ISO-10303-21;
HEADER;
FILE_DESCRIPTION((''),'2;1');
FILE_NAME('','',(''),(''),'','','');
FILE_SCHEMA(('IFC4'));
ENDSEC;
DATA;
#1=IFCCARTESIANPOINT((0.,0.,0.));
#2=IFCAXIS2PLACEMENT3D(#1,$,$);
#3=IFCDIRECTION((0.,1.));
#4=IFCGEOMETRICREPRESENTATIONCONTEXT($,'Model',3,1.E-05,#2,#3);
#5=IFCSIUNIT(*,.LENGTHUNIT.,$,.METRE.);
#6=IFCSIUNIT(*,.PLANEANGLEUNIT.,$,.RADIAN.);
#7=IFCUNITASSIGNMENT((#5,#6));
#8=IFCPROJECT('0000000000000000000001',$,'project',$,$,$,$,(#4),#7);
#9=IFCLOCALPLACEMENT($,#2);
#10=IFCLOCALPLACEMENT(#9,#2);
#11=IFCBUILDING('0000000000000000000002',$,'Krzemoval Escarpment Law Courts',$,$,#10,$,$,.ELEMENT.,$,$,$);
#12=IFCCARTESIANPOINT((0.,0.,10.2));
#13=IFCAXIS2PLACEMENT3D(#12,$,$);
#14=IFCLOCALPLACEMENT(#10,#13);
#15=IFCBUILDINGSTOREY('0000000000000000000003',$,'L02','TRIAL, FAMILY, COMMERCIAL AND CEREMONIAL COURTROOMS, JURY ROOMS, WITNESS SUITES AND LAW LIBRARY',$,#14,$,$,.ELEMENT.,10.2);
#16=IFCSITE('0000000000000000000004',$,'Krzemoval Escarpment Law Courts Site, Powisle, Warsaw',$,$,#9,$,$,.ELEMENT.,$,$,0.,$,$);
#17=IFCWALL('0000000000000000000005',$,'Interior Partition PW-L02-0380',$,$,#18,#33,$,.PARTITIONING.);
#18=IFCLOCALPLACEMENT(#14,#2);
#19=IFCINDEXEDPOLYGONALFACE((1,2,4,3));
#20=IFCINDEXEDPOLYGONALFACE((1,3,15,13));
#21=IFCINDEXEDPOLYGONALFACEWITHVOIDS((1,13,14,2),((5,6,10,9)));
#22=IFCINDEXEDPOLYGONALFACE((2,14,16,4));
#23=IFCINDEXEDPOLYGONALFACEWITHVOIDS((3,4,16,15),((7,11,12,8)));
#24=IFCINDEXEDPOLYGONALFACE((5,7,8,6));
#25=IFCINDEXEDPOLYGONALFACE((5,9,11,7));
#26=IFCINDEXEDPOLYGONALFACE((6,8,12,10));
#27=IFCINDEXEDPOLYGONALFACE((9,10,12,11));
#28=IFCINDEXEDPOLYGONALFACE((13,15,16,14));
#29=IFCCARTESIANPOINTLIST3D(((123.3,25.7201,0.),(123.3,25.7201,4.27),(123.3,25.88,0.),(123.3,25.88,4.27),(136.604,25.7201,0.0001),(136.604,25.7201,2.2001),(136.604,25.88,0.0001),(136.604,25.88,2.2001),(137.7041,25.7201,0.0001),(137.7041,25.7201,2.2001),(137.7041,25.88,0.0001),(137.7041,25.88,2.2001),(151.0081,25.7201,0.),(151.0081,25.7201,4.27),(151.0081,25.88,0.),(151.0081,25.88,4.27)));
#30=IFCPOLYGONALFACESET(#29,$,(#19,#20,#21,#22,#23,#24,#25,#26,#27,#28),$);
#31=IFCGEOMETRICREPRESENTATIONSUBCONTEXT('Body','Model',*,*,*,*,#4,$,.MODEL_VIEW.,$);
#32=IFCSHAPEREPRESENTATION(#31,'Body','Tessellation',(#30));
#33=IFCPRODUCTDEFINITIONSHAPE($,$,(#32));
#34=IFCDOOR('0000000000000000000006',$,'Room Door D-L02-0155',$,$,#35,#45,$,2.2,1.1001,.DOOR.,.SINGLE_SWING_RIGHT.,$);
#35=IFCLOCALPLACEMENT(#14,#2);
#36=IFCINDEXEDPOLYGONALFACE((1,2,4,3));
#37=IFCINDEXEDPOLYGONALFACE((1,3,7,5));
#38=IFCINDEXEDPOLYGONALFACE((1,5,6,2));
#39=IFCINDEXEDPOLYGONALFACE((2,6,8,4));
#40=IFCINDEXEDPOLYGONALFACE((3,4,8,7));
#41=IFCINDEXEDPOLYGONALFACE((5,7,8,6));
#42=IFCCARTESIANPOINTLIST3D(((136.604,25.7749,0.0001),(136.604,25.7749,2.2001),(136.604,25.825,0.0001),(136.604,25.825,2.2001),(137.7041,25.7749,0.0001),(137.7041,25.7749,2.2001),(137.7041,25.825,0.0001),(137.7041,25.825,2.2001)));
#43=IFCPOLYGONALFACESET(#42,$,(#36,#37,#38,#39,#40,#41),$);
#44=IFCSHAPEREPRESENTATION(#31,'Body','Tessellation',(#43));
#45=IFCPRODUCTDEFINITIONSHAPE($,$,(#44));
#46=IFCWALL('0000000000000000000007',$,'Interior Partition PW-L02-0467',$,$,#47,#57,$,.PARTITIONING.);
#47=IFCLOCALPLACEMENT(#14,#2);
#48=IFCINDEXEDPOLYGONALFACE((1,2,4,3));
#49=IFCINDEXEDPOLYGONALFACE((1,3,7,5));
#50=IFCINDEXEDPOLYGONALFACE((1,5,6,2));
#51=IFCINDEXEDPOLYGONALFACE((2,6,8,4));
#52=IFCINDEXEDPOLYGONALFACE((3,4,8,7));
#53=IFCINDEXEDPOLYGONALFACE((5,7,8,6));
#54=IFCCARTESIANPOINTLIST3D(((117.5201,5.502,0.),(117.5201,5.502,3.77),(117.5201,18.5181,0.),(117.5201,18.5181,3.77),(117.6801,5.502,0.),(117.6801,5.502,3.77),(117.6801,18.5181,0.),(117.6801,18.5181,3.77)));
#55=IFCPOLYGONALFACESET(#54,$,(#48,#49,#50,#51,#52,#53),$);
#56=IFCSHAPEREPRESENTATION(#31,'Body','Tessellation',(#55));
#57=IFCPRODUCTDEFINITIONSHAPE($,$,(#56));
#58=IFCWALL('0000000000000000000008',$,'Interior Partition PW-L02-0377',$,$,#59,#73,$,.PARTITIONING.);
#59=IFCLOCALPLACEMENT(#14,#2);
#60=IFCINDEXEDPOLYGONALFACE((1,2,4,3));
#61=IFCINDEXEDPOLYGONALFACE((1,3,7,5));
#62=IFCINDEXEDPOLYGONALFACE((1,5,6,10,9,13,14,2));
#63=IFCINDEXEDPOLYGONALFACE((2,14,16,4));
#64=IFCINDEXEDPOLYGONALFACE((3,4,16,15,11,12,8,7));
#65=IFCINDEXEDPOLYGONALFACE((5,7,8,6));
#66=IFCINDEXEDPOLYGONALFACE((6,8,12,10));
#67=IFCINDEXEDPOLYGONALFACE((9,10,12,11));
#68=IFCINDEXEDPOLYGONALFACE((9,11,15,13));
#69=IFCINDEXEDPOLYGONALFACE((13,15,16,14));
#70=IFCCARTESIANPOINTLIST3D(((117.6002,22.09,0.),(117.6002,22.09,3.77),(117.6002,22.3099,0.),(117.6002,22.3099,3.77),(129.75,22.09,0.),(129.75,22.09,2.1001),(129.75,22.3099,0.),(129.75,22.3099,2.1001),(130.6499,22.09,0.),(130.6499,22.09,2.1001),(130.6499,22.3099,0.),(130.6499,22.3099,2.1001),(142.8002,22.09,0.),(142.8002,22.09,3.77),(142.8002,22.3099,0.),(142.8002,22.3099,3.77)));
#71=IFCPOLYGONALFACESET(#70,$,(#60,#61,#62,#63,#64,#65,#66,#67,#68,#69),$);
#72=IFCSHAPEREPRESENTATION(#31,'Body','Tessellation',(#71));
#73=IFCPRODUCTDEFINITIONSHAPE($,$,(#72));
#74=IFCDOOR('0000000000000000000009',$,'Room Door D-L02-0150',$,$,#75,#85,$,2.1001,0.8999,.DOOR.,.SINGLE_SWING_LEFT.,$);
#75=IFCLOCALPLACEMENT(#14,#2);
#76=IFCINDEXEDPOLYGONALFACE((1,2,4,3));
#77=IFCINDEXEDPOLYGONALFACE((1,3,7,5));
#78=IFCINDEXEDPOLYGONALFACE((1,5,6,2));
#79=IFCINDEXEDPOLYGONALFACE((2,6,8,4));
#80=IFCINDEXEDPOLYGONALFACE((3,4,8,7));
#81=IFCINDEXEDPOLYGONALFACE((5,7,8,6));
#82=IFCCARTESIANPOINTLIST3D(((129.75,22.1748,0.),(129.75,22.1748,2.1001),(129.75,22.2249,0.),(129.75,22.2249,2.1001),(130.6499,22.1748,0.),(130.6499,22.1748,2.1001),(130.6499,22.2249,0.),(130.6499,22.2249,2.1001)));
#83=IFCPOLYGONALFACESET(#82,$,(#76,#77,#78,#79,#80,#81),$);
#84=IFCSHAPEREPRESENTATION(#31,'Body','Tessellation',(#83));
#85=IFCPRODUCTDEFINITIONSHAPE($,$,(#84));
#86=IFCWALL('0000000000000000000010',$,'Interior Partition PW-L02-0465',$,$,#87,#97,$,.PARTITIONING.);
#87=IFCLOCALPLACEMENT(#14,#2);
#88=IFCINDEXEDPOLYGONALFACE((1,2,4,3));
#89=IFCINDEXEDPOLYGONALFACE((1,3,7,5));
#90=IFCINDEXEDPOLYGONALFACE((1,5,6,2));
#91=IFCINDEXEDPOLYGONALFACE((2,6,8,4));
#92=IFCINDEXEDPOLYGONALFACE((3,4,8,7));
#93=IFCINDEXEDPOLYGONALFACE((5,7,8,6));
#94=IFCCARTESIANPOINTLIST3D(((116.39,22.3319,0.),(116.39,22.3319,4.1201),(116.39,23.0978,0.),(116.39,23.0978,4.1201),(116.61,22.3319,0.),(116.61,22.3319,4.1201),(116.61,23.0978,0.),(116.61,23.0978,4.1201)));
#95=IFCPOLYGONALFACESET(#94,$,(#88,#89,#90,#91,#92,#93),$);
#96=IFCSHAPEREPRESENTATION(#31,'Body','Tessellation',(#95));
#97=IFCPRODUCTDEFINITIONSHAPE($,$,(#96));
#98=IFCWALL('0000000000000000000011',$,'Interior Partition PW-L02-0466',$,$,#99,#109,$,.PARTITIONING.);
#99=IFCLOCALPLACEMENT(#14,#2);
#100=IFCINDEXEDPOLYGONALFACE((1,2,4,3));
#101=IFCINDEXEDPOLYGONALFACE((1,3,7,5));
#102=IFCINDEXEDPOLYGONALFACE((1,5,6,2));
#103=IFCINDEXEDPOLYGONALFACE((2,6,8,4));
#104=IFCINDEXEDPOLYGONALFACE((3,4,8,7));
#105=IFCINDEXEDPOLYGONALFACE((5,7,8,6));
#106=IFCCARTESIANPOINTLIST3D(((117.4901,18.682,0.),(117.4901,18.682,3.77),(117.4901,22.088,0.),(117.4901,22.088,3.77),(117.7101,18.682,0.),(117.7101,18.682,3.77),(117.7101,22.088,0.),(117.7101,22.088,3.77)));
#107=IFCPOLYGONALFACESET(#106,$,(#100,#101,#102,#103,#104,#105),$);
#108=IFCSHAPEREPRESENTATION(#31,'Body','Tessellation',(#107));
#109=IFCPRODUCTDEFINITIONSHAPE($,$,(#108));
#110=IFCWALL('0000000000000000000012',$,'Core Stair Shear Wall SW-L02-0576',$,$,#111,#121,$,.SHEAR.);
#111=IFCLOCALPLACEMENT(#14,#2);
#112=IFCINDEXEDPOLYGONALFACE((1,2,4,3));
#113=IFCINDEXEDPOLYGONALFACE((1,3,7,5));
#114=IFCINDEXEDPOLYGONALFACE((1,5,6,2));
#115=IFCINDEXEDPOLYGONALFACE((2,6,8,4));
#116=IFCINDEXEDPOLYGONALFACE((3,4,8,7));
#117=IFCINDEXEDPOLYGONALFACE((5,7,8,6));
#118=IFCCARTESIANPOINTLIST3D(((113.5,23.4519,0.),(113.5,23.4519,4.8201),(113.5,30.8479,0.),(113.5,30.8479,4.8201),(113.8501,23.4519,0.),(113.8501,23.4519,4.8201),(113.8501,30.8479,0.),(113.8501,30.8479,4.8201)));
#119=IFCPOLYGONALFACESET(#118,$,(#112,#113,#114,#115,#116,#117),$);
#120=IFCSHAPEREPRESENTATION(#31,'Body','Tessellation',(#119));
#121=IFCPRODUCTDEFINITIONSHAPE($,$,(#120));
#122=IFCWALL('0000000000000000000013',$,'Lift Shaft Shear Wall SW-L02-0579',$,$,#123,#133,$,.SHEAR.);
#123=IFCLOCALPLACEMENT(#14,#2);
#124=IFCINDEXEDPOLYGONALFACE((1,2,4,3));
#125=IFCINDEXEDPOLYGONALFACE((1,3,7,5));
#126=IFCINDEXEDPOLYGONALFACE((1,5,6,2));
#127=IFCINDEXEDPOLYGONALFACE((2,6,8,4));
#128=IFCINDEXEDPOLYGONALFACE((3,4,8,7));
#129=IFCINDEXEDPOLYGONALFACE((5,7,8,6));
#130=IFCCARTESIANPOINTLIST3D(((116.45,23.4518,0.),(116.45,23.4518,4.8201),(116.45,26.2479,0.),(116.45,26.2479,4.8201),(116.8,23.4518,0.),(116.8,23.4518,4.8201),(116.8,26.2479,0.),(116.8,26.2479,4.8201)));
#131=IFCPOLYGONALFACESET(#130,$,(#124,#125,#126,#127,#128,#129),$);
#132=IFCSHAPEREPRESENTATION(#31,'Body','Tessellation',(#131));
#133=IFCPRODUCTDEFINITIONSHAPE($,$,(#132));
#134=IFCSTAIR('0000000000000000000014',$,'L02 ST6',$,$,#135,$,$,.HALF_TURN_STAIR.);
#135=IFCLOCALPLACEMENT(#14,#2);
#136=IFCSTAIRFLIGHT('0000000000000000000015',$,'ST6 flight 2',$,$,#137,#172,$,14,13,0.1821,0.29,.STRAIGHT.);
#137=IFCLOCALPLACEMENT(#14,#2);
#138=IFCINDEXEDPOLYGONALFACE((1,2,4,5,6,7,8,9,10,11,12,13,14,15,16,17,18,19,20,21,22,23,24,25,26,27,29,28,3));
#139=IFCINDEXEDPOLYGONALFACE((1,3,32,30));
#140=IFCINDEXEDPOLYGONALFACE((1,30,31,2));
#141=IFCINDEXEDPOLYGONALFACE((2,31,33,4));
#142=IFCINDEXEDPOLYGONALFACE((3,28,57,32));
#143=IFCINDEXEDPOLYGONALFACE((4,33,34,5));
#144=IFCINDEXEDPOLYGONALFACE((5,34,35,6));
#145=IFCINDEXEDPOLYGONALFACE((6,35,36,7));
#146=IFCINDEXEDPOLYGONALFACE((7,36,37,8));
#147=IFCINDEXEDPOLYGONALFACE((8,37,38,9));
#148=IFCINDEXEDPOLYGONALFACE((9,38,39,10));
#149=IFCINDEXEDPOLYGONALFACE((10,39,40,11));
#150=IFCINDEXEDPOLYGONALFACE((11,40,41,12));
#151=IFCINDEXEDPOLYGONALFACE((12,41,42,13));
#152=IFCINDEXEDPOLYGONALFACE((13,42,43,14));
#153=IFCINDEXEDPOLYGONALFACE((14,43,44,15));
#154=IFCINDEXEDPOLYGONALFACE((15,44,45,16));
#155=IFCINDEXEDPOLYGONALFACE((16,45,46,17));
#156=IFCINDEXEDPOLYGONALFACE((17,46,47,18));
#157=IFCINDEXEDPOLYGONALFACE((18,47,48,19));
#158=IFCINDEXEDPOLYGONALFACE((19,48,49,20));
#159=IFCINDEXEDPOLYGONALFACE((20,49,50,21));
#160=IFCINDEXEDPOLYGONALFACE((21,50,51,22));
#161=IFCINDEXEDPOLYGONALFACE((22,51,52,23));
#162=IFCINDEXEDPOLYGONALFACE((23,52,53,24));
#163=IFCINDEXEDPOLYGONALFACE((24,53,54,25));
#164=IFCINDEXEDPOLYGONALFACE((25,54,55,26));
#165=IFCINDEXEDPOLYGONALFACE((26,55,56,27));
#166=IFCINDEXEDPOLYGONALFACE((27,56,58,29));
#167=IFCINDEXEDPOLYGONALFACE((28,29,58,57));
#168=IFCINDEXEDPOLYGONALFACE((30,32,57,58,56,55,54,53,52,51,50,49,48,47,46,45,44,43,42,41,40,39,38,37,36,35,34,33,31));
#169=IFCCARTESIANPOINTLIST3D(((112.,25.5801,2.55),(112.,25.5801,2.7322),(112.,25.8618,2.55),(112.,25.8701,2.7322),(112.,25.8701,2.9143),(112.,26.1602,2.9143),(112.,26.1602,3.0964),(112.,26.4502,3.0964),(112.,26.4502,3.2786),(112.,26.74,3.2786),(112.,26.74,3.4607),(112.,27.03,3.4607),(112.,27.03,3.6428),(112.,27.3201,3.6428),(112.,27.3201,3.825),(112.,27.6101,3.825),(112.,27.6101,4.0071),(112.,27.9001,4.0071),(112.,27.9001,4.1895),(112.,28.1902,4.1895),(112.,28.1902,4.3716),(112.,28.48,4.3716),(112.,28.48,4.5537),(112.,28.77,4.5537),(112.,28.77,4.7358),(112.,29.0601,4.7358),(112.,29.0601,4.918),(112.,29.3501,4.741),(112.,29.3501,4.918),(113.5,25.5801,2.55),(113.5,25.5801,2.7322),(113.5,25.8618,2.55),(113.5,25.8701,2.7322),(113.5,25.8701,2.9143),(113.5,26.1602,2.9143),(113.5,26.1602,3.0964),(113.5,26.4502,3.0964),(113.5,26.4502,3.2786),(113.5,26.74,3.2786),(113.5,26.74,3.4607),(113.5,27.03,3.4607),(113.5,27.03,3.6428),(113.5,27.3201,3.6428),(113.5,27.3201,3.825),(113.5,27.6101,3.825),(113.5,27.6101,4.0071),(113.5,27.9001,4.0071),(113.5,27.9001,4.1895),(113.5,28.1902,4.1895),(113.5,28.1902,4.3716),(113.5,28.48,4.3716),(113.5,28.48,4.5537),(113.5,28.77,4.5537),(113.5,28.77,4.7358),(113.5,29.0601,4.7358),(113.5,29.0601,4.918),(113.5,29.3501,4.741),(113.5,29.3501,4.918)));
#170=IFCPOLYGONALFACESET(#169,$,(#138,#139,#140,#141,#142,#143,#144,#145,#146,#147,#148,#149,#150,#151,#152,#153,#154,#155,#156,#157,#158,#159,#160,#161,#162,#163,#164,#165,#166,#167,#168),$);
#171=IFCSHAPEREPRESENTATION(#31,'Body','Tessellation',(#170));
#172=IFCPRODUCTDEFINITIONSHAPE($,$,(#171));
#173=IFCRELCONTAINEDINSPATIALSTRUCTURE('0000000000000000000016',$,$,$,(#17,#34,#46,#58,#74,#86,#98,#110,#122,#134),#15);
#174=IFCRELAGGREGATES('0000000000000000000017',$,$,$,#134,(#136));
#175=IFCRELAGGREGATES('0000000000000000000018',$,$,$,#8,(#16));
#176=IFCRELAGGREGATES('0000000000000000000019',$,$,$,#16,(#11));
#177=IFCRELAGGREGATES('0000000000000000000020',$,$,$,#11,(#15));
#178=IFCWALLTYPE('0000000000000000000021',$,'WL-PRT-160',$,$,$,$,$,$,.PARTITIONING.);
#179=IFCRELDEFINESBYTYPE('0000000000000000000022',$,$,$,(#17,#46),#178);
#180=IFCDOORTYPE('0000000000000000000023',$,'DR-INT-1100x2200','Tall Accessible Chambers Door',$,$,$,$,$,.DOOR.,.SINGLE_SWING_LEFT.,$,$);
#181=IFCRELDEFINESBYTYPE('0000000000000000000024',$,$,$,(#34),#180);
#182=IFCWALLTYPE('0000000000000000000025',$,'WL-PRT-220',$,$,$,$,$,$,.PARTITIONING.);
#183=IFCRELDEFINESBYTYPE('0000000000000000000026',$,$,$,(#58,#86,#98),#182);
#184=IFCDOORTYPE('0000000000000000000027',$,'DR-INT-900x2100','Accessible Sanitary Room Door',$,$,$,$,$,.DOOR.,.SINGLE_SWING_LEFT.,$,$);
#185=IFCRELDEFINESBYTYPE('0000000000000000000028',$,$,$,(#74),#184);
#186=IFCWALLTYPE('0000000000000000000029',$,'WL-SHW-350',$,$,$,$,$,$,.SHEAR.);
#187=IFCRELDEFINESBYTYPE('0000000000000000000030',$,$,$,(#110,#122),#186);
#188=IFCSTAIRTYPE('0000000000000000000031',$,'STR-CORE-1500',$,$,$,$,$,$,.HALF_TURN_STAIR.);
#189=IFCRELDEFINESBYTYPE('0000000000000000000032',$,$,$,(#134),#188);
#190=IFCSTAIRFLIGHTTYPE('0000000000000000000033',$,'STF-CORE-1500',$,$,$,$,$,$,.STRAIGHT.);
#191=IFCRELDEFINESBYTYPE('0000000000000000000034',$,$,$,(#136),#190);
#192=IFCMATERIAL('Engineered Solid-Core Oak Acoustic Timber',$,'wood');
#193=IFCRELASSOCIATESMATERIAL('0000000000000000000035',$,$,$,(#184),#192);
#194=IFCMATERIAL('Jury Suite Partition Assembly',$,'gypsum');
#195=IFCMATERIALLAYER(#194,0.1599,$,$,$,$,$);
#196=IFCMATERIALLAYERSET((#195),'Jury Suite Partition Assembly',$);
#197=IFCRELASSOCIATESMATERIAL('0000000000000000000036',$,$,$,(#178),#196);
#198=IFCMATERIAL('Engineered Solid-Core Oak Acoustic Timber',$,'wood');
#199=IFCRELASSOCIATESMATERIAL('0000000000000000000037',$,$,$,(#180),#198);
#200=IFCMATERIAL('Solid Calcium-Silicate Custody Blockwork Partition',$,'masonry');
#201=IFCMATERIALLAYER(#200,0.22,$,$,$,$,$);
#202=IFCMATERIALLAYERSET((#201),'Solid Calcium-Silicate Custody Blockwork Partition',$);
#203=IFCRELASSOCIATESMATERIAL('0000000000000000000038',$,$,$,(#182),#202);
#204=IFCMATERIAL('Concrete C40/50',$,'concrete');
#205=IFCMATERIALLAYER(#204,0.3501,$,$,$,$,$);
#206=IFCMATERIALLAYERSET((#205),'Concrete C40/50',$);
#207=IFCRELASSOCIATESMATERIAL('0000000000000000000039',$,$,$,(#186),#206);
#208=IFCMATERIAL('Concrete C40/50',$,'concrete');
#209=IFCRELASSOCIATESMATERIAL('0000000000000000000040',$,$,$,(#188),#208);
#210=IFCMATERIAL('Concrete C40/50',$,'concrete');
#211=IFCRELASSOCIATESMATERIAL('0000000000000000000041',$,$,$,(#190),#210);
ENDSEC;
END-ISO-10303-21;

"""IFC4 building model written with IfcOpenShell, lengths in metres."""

from ifc_helpers import new_model, si_unit, direction, frame, frame_2d, origin, place, context, subcontext, project, spatial, polyline, rectangle, outline, extrude, material, layer, layer_set, type_object, element, fill, aggregate, save


model = new_model("IFC4")

# Units and contexts
model_context = context("Model", 3, precision=1e-05, world=origin(), true_north=direction((0.0, 1.0)))
body_context = subcontext(model_context, "Body", "Model", "MODEL_VIEW")
ifc_project = project(units=[si_unit("LENGTHUNIT", "METRE"), si_unit("PLANEANGLEUNIT", "RADIAN")], contexts=[model_context])

# Site, building, storey
site_placement = place(None, origin())
site = spatial("IfcSite", under=ifc_project, at=site_placement, Name="Krzemoval Escarpment Law Courts Site, Powisle, Warsaw", CompositionType="ELEMENT", RefElevation=0.0)
building_placement = place(site_placement, origin())
building = spatial("IfcBuilding", under=site, at=building_placement, Name="Krzemoval Escarpment Law Courts", CompositionType="ELEMENT")
storey_placement = place(building_placement, frame((0.0, 0.0, 10.2)))
storey = spatial("IfcBuildingStorey", under=building, at=storey_placement, Name="L02", Description="TRIAL, FAMILY, COMMERCIAL AND CEREMONIAL COURTROOMS, JURY ROOMS, WITNESS SUITES AND LAW LIBRARY", CompositionType="ELEMENT", Elevation=10.2)

# Shared definitions
ifc_material_1 = material(Name="Engineered Solid-Core Oak Acoustic Timber", Category="wood")
door_type_1 = type_object("IfcDoorType", Name="DR-INT-900x2100", Description="Accessible Sanitary Room Door", OperationType="SINGLE_SWING_LEFT", PredefinedType="DOOR", material=ifc_material_1)

# Wall, opening, door
ifc_material_2 = material(Name="Jury Suite Partition Assembly", Category="gypsum")
ifc_layer_1 = layer(ifc_material_2, 0.1599)
ifc_layer_set_1 = layer_set([ifc_layer_1], Name="Jury Suite Partition Assembly")
wall_type_1 = type_object("IfcWallType", Name="WL-PRT-160", PredefinedType="PARTITIONING", material=ifc_layer_set_1)
wall_1_placement = place(storey_placement, frame((123.3, 25.8, 0.0), z_axis=(0.0, 0.0, 1.0), x_axis=(1.0, 0.0, 0.0)))
wall_1 = element("IfcWall", 1, at=wall_1_placement, inside=storey, type_object=wall_type_1, Name="Interior Partition PW-L02-0380", PredefinedType="PARTITIONING", context=body_context, shape_type="SweptSolid", body=[
    extrude(rectangle(XDim=27.708, YDim=0.1599, at=frame_2d((13.854, 0.0))), origin(), (0.0, 0.0, 1.0), 4.27),
])
opening_1_placement = place(wall_1_placement, frame((13.304, 0.0, 0.0)))
opening_1 = element("IfcOpeningElement", 2, at=opening_1_placement, cuts=wall_1, PredefinedType="OPENING", context=body_context, shape_type="SweptSolid", body=[
    extrude(rectangle(XDim=1.1001, YDim=2.2, at=frame_2d((0.55, 1.1001))), frame((0.0, 0.095, 0.0), z_axis=(0.0, -1.0, 0.0), x_axis=(1.0, 0.0, 0.0)), (0.0, 0.0, 1.0), 0.1899),
])
ifc_material_3 = material(Name="Engineered Solid-Core Oak Acoustic Timber", Category="wood")
door_type_2 = type_object("IfcDoorType", Name="DR-INT-1100x2200", Description="Tall Accessible Chambers Door", OperationType="SINGLE_SWING_LEFT", PredefinedType="DOOR", material=ifc_material_3)
door_1_placement = place(opening_1_placement, origin())
door_1 = element("IfcDoor", 3, at=door_1_placement, inside=storey, type_object=door_type_2, Name="Room Door D-L02-0155", OperationType="SINGLE_SWING_RIGHT", OverallHeight=2.2, OverallWidth=1.1001, PredefinedType="DOOR", context=body_context, shape_type="SweptSolid", body=[
    extrude(rectangle(XDim=1.1001, YDim=2.2, at=frame_2d((0.55, 1.1001))), frame((0.0, 0.0249, 0.0), z_axis=(0.0, -1.0, 0.0), x_axis=(1.0, 0.0, 0.0)), (0.0, 0.0, 1.0), 0.05),
])
fill(opening_1, door_1)

# Wall
wall_2_placement = place(storey_placement, frame((117.6001, 5.502, 0.0), z_axis=(0.0, 0.0, 1.0), x_axis=(0.0, 1.0, 0.0)))
element("IfcWall", 4, at=wall_2_placement, inside=storey, type_object=wall_type_1, Name="Interior Partition PW-L02-0467", PredefinedType="PARTITIONING", context=body_context, shape_type="SweptSolid", body=[
    extrude(rectangle(XDim=13.0161, YDim=0.1599, at=frame_2d((6.5081, 0.0))), origin(), (0.0, 0.0, 1.0), 3.77),
])

# Wall, opening, door
ifc_material_4 = material(Name="Solid Calcium-Silicate Custody Blockwork Partition", Category="masonry")
ifc_layer_2 = layer(ifc_material_4, 0.22)
ifc_layer_set_2 = layer_set([ifc_layer_2], Name="Solid Calcium-Silicate Custody Blockwork Partition")
wall_type_2 = type_object("IfcWallType", Name="WL-PRT-220", PredefinedType="PARTITIONING", material=ifc_layer_set_2)
wall_3_placement = place(storey_placement, frame((117.6001, 22.2, 0.0), z_axis=(0.0, 0.0, 1.0), x_axis=(1.0, 0.0, 0.0)))
wall_3 = element("IfcWall", 5, at=wall_3_placement, inside=storey, type_object=wall_type_2, Name="Interior Partition PW-L02-0377", PredefinedType="PARTITIONING", context=body_context, shape_type="SweptSolid", body=[
    extrude(rectangle(XDim=25.2, YDim=0.22, at=frame_2d((12.6001, 0.0))), origin(), (0.0, 0.0, 1.0), 3.77),
])
opening_2_placement = place(wall_3_placement, frame((12.1499, 0.0, 0.0)))
opening_2 = element("IfcOpeningElement", 6, at=opening_2_placement, cuts=wall_3, PredefinedType="OPENING", context=body_context, shape_type="SweptSolid", body=[
    extrude(rectangle(XDim=0.8999, YDim=2.1001, at=frame_2d((0.45, 1.05))), frame((0.0, 0.125, 0.0), z_axis=(0.0, -1.0, 0.0), x_axis=(1.0, 0.0, 0.0)), (0.0, 0.0, 1.0), 0.25),
])
door_2_placement = place(opening_2_placement, origin())
door_2 = element("IfcDoor", 7, at=door_2_placement, inside=storey, type_object=door_type_1, Name="Room Door D-L02-0150", OperationType="SINGLE_SWING_LEFT", OverallHeight=2.1001, OverallWidth=0.8999, PredefinedType="DOOR", context=body_context, shape_type="SweptSolid", body=[
    extrude(rectangle(XDim=0.8999, YDim=2.1001, at=frame_2d((0.45, 1.05))), frame((0.0, 0.0249, 0.0), z_axis=(0.0, -1.0, 0.0), x_axis=(1.0, 0.0, 0.0)), (0.0, 0.0, 1.0), 0.05),
])
fill(opening_2, door_2)

# Walls
wall_4_placement = place(storey_placement, frame((116.5, 22.332, 0.0), z_axis=(0.0, 0.0, 1.0), x_axis=(0.0, 1.0, 0.0)))
element("IfcWall", 8, at=wall_4_placement, inside=storey, type_object=wall_type_2, Name="Interior Partition PW-L02-0465", PredefinedType="PARTITIONING", context=body_context, shape_type="SweptSolid", body=[
    extrude(rectangle(XDim=0.7659, YDim=0.22, at=frame_2d((0.3828, 0.0))), origin(), (0.0, 0.0, 1.0), 4.1201),
])
wall_5_placement = place(storey_placement, frame((117.6001, 18.6819, 0.0), z_axis=(0.0, 0.0, 1.0), x_axis=(0.0, 1.0, 0.0)))
element("IfcWall", 9, at=wall_5_placement, inside=storey, type_object=wall_type_2, Name="Interior Partition PW-L02-0466", PredefinedType="PARTITIONING", context=body_context, shape_type="SweptSolid", body=[
    extrude(rectangle(XDim=3.406, YDim=0.22, at=frame_2d((1.7031, 0.0))), origin(), (0.0, 0.0, 1.0), 3.77),
])
ifc_material_5 = material(Name="Concrete C40/50", Category="concrete")
ifc_layer_3 = layer(ifc_material_5, 0.3501)
ifc_layer_set_3 = layer_set([ifc_layer_3], Name="Concrete C40/50")
wall_type_3 = type_object("IfcWallType", Name="WL-SHW-350", PredefinedType="SHEAR", material=ifc_layer_set_3)
wall_6_placement = place(storey_placement, frame((113.675, 23.4519, 0.0), z_axis=(0.0, 0.0, 1.0), x_axis=(0.0, 1.0, 0.0)))
element("IfcWall", 10, at=wall_6_placement, inside=storey, type_object=wall_type_3, Name="Core Stair Shear Wall SW-L02-0576", PredefinedType="SHEAR", context=body_context, shape_type="SweptSolid", body=[
    extrude(rectangle(XDim=7.396, YDim=0.3501, at=frame_2d((3.698, 0.0))), origin(), (0.0, 0.0, 1.0), 4.8201),
])

# Wall
wall_7_placement = place(storey_placement, frame((116.625, 23.4519, 0.0), z_axis=(0.0, 0.0, 1.0), x_axis=(0.0, 1.0, 0.0)))
element("IfcWall", 11, at=wall_7_placement, inside=storey, type_object=wall_type_3, Name="Lift Shaft Shear Wall SW-L02-0579", PredefinedType="SHEAR", context=body_context, shape_type="SweptSolid", body=[
    extrude(rectangle(XDim=2.7961, YDim=0.3501, at=frame_2d((1.3979, 0.0))), origin(), (0.0, 0.0, 1.0), 4.8201),
])

# Stair, stair flight
ifc_material_6 = material(Name="Concrete C40/50", Category="concrete")
stair_type = type_object("IfcStairType", Name="STR-CORE-1500", PredefinedType="HALF_TURN_STAIR", material=ifc_material_6)
stair_placement = place(storey_placement, origin())
stair = element("IfcStair", 12, at=stair_placement, inside=storey, type_object=stair_type, Name="L02 ST6", PredefinedType="HALF_TURN_STAIR")
ifc_material_7 = material(Name="Concrete C40/50", Category="concrete")
stair_flight_type = type_object("IfcStairFlightType", Name="STF-CORE-1500", PredefinedType="STRAIGHT", material=ifc_material_7)
stair_flight_placement = place(storey_placement, frame((112.75, 25.5801, 2.55), z_axis=(0.0, 0.0, 1.0), x_axis=(0.0, 1.0, 0.0)))
stair_flight = element("IfcStairFlight", 13, at=stair_flight_placement, type_object=stair_flight_type, Name="ST6 flight 2", NumberOfRisers=14, NumberOfTreads=13, PredefinedType="STRAIGHT", RiserHeight=0.1821, TreadLength=0.29, context=body_context, shape_type="SweptSolid", body=[
    extrude(outline(polyline([(0.0, 0.0), (0.0, 0.1821), (0.29, 0.1821), (0.29, 0.3643), (0.5801, 0.3643), (0.5801, 0.5464), (0.8701, 0.5464), (0.8701, 0.7285), (1.1599, 0.7285), (1.1599, 0.9106), (1.45, 0.9106), (1.45, 1.0928), (1.74, 1.0928), (1.74, 1.2749), (2.03, 1.2749), (2.03, 1.457), (2.3201, 1.457), (2.3201, 1.6394), (2.6101, 1.6394), (2.6101, 1.8215), (2.8999, 1.8215), (2.8999, 2.0037), (3.1899, 2.0037), (3.1899, 2.1858), (3.48, 2.1858), (3.48, 2.3679), (3.77, 2.3679), (3.77, 2.55), (3.77, 2.1909), (0.2817, 0.0), (0.0, 0.0)])), frame((0.0, 0.75, 0.0), z_axis=(0.0, -1.0, 0.0), x_axis=(1.0, 0.0, 0.0)), (0.0, 0.0, 1.0), 1.5),
])
aggregate(stair, [stair_flight])

save(model, "model.ifc")
